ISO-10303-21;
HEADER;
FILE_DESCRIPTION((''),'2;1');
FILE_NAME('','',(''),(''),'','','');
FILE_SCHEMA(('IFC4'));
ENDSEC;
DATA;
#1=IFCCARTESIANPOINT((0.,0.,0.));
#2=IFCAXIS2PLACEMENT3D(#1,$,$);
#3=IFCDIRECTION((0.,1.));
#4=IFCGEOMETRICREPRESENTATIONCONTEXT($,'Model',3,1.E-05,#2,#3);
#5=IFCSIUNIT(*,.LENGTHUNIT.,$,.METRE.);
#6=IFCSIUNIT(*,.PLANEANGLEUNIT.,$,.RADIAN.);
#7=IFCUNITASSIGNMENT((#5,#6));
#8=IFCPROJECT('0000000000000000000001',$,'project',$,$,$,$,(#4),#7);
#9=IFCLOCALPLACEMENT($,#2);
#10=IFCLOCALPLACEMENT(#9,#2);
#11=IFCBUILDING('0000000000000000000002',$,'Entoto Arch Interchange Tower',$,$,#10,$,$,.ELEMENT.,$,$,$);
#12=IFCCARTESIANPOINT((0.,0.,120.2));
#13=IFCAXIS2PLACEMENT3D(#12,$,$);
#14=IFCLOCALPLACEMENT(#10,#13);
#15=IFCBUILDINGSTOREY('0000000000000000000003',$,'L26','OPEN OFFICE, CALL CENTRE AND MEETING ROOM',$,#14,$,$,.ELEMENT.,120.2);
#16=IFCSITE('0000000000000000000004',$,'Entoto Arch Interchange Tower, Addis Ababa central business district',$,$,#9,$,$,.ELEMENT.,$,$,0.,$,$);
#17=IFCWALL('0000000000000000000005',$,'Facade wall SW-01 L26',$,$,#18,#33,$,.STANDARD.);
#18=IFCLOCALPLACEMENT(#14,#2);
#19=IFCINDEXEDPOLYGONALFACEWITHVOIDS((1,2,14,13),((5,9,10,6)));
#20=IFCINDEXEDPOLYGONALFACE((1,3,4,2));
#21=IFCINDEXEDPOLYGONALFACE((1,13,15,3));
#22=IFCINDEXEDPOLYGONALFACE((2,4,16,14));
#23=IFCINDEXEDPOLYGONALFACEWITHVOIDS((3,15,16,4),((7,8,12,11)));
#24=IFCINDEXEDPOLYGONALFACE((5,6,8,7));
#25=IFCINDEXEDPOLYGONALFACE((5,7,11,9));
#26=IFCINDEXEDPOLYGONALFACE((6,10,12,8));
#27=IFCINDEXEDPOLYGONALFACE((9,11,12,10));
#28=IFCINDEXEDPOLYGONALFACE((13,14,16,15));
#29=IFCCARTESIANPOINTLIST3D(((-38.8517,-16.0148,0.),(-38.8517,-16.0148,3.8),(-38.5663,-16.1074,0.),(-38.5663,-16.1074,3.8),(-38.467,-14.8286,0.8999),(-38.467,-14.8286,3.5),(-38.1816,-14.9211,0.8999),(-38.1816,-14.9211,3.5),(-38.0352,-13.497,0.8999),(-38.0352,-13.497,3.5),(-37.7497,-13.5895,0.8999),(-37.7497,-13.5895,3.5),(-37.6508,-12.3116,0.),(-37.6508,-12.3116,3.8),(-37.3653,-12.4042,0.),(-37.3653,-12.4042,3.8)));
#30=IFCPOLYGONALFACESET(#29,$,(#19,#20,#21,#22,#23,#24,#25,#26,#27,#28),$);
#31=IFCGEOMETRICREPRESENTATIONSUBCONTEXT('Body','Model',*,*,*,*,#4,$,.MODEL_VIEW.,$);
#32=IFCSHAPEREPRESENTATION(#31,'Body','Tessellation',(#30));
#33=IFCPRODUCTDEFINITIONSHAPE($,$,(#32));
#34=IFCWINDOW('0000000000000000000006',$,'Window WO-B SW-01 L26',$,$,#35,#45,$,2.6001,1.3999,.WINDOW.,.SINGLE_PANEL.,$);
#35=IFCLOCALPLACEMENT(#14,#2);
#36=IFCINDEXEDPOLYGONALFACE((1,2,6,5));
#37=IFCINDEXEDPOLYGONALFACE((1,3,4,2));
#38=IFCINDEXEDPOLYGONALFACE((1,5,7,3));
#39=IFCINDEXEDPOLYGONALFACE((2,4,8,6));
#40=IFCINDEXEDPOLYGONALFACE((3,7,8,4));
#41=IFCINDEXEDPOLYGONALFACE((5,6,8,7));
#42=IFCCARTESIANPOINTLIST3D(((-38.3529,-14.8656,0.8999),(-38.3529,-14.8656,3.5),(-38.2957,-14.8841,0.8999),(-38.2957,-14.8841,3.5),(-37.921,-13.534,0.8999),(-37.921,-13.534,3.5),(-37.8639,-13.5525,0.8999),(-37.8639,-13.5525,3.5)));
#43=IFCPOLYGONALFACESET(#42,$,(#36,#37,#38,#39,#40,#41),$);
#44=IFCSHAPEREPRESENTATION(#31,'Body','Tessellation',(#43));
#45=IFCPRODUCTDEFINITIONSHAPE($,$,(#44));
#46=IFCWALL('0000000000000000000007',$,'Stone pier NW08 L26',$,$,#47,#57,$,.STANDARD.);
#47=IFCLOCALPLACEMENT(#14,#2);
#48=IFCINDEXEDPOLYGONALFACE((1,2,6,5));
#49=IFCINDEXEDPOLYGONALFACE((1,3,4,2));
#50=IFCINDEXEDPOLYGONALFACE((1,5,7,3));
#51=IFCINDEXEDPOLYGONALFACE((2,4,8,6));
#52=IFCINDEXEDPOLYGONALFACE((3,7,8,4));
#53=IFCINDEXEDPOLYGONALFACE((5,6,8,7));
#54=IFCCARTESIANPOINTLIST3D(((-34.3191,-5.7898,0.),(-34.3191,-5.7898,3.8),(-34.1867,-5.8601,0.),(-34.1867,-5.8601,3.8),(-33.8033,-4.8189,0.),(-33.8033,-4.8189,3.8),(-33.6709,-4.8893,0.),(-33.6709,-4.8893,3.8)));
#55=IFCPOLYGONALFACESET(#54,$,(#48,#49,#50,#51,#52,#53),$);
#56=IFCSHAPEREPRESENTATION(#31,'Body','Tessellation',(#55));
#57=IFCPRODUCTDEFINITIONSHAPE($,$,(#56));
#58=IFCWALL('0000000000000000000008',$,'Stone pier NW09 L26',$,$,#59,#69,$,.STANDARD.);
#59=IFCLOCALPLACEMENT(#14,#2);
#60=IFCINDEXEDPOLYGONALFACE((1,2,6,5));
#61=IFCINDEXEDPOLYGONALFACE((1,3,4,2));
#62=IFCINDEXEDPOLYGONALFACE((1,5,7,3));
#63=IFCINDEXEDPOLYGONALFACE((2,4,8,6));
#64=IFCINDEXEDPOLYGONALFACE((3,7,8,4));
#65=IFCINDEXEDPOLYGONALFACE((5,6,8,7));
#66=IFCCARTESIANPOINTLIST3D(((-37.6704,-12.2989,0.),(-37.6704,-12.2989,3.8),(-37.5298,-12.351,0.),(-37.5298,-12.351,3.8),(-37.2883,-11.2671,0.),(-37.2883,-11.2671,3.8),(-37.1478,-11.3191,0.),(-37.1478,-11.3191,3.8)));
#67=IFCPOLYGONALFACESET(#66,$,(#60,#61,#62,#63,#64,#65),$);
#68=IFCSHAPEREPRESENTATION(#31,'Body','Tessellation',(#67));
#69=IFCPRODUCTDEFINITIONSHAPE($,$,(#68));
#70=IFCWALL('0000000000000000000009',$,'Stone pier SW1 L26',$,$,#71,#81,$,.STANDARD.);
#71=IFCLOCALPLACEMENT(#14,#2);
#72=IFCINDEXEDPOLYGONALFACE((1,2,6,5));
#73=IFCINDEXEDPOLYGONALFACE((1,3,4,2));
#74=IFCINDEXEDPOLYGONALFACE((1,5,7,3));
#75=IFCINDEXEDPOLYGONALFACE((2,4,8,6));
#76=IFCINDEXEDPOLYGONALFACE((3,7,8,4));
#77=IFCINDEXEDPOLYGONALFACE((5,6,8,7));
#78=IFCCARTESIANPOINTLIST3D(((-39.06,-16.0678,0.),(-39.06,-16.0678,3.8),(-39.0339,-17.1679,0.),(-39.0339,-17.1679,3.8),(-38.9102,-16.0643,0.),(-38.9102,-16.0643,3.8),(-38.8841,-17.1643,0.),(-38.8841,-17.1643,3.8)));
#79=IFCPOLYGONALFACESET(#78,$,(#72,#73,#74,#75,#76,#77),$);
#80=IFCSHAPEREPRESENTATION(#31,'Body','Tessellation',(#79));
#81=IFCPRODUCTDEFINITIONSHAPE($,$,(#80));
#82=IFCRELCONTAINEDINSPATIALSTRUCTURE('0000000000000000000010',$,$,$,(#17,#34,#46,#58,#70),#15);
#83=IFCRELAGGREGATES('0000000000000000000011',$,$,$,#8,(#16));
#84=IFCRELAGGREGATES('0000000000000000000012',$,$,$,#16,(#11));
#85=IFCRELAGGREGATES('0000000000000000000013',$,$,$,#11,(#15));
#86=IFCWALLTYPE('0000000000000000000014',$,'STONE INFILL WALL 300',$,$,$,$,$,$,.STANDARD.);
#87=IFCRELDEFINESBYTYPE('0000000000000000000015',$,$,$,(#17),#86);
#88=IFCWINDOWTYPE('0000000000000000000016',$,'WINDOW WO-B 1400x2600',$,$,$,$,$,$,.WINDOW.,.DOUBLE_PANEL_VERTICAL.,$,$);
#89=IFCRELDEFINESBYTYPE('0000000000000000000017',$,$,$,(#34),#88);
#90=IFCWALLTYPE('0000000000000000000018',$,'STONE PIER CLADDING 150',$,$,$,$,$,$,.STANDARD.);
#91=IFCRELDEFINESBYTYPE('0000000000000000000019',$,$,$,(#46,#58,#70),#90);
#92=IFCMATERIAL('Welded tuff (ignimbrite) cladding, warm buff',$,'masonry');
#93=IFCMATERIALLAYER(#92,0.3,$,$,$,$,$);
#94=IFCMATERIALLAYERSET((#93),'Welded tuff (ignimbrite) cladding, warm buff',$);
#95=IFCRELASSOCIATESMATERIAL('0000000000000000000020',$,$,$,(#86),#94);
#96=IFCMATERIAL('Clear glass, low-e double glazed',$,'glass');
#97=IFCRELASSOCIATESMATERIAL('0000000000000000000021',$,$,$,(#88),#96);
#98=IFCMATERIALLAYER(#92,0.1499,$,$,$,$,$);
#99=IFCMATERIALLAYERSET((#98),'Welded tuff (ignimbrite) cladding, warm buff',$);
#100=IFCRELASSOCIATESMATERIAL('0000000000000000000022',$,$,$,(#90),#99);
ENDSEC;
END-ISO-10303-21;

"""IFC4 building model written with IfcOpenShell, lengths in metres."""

from ifc_helpers import new_model, si_unit, direction, frame, frame_2d, origin, place, context, subcontext, project, spatial, rectangle, extrude, material, layer, layer_set, type_object, element, fill, save


model = new_model("IFC4")

# Units and contexts
model_context = context("Model", 3, precision=1e-05, world=origin(), true_north=direction((0.0, 1.0)))
body_context = subcontext(model_context, "Body", "Model", "MODEL_VIEW")
ifc_project = project(units=[si_unit("LENGTHUNIT", "METRE"), si_unit("PLANEANGLEUNIT", "RADIAN")], contexts=[model_context])

# Site, building, storey
site_placement = place(None, origin())
site = spatial("IfcSite", under=ifc_project, at=site_placement, Name="Entoto Arch Interchange Tower, Addis Ababa central business district", CompositionType="ELEMENT", RefElevation=0.0)
building_placement = place(site_placement, origin())
building = spatial("IfcBuilding", under=site, at=building_placement, Name="Entoto Arch Interchange Tower", CompositionType="ELEMENT")
storey_placement = place(building_placement, frame((0.0, 0.0, 120.2)))
storey = spatial("IfcBuildingStorey", under=building, at=storey_placement, Name="L26", Description="OPEN OFFICE, CALL CENTRE AND MEETING ROOM", CompositionType="ELEMENT", Elevation=120.2)

# Shared definitions
ifc_material_1 = material(Name="Welded tuff (ignimbrite) cladding, warm buff", Category="masonry")
ifc_layer_1 = layer(ifc_material_1, 0.3)
ifc_layer_set_1 = layer_set([ifc_layer_1], Name="Welded tuff (ignimbrite) cladding, warm buff")
wall_type_1 = type_object("IfcWallType", Name="STONE INFILL WALL 300", PredefinedType="STANDARD", material=ifc_layer_set_1)
ifc_material_2 = material(Name="Clear glass, low-e double glazed", Category="glass")

# Wall, opening, window
wall_1_placement = place(storey_placement, frame((-37.5081, -12.3579, 0.0), z_axis=(0.0, 0.0, 1.0), x_axis=(-0.308485, -0.951229, 0.0)))
wall_1 = element("IfcWall", 1, at=wall_1_placement, inside=storey, type_object=wall_type_1, Name="Facade wall SW-01 L26", PredefinedType="STANDARD", context=body_context, shape_type="SweptSolid", body=[
    extrude(rectangle(XDim=3.8931, YDim=0.3, at=frame_2d((1.9465, 0.0))), origin(), (0.0, 0.0, 1.0), 3.8),
])
opening_1_placement = place(wall_1_placement, frame((1.2461, 0.0, 0.8999)))
opening_1 = element("IfcOpeningElement", 2, at=opening_1_placement, cuts=wall_1, PredefinedType="OPENING", context=body_context, shape_type="SweptSolid", body=[
    extrude(rectangle(XDim=1.3999, YDim=2.6001, at=frame_2d((0.7, 1.3))), frame((0.0, 0.1602, 0.0), z_axis=(0.0, -1.0, 0.0), x_axis=(1.0, 0.0, 0.0)), (0.0, 0.0, 1.0), 0.3201),
])
window_type_1 = type_object("IfcWindowType", Name="WINDOW WO-B 1400x2600", PartitioningType="DOUBLE_PANEL_VERTICAL", PredefinedType="WINDOW", material=ifc_material_2)
window_1_placement = place(opening_1_placement, origin())
window_1 = element("IfcWindow", 3, at=window_1_placement, inside=storey, type_object=window_type_1, Name="Window WO-B SW-01 L26", OverallHeight=2.6001, OverallWidth=1.3999, PartitioningType="SINGLE_PANEL", PredefinedType="WINDOW", context=body_context, shape_type="SweptSolid", body=[
    extrude(rectangle(XDim=1.3999, YDim=2.6001, at=frame_2d((0.7, 1.3))), frame((0.0, 0.03, 0.0), z_axis=(0.0, -1.0, 0.0), x_axis=(1.0, 0.0, 0.0)), (0.0, 0.0, 1.0), 0.0601),
])
fill(opening_1, window_1)

# Walls
ifc_layer_2 = layer(ifc_material_1, 0.1499)
ifc_layer_set_2 = layer_set([ifc_layer_2], Name="Welded tuff (ignimbrite) cladding, warm buff")
wall_type_2 = type_object("IfcWallType", Name="STONE PIER CLADDING 150", PredefinedType="STANDARD", material=ifc_layer_set_2)
wall_2_placement = place(storey_placement, frame((-33.7371, -4.854, 0.0), z_axis=(0.0, 0.0, 1.0), x_axis=(-0.469193, -0.883096, 0.0)))
element("IfcWall", 4, at=wall_2_placement, inside=storey, type_object=wall_type_2, Name="Stone pier NW08 L26", PredefinedType="STANDARD", context=body_context, shape_type="SweptSolid", body=[
    extrude(rectangle(XDim=1.0994, YDim=0.1499, at=frame_2d((0.5498, 0.0))), origin(), (0.0, 0.0, 1.0), 3.8),
])
for number, where, z_axis, x_axis, name in (
    (5, (-37.218, -11.293, 0.0), (0.0, 0.0, 1.0), (-0.347206, -0.937789, 0.0), "Stone pier NW09 L26"),
    (6, (-38.9851, -16.0659, 0.0), (0.0, 0.0, 1.0), (0.023739, -0.999718, 0.0), "Stone pier SW1 L26"),
):
    element("IfcWall", number, at=place(storey_placement, frame(where, z_axis=z_axis, x_axis=x_axis)), inside=storey, type_object=wall_type_2, Name=name, PredefinedType="STANDARD", context=body_context, shape_type="SweptSolid", body=[
        extrude(rectangle(XDim=1.1003, YDim=0.1499, at=frame_2d((0.5503, 0.0))), origin(), (0.0, 0.0, 1.0), 3.8),
    ])

save(model, "model.ifc")
